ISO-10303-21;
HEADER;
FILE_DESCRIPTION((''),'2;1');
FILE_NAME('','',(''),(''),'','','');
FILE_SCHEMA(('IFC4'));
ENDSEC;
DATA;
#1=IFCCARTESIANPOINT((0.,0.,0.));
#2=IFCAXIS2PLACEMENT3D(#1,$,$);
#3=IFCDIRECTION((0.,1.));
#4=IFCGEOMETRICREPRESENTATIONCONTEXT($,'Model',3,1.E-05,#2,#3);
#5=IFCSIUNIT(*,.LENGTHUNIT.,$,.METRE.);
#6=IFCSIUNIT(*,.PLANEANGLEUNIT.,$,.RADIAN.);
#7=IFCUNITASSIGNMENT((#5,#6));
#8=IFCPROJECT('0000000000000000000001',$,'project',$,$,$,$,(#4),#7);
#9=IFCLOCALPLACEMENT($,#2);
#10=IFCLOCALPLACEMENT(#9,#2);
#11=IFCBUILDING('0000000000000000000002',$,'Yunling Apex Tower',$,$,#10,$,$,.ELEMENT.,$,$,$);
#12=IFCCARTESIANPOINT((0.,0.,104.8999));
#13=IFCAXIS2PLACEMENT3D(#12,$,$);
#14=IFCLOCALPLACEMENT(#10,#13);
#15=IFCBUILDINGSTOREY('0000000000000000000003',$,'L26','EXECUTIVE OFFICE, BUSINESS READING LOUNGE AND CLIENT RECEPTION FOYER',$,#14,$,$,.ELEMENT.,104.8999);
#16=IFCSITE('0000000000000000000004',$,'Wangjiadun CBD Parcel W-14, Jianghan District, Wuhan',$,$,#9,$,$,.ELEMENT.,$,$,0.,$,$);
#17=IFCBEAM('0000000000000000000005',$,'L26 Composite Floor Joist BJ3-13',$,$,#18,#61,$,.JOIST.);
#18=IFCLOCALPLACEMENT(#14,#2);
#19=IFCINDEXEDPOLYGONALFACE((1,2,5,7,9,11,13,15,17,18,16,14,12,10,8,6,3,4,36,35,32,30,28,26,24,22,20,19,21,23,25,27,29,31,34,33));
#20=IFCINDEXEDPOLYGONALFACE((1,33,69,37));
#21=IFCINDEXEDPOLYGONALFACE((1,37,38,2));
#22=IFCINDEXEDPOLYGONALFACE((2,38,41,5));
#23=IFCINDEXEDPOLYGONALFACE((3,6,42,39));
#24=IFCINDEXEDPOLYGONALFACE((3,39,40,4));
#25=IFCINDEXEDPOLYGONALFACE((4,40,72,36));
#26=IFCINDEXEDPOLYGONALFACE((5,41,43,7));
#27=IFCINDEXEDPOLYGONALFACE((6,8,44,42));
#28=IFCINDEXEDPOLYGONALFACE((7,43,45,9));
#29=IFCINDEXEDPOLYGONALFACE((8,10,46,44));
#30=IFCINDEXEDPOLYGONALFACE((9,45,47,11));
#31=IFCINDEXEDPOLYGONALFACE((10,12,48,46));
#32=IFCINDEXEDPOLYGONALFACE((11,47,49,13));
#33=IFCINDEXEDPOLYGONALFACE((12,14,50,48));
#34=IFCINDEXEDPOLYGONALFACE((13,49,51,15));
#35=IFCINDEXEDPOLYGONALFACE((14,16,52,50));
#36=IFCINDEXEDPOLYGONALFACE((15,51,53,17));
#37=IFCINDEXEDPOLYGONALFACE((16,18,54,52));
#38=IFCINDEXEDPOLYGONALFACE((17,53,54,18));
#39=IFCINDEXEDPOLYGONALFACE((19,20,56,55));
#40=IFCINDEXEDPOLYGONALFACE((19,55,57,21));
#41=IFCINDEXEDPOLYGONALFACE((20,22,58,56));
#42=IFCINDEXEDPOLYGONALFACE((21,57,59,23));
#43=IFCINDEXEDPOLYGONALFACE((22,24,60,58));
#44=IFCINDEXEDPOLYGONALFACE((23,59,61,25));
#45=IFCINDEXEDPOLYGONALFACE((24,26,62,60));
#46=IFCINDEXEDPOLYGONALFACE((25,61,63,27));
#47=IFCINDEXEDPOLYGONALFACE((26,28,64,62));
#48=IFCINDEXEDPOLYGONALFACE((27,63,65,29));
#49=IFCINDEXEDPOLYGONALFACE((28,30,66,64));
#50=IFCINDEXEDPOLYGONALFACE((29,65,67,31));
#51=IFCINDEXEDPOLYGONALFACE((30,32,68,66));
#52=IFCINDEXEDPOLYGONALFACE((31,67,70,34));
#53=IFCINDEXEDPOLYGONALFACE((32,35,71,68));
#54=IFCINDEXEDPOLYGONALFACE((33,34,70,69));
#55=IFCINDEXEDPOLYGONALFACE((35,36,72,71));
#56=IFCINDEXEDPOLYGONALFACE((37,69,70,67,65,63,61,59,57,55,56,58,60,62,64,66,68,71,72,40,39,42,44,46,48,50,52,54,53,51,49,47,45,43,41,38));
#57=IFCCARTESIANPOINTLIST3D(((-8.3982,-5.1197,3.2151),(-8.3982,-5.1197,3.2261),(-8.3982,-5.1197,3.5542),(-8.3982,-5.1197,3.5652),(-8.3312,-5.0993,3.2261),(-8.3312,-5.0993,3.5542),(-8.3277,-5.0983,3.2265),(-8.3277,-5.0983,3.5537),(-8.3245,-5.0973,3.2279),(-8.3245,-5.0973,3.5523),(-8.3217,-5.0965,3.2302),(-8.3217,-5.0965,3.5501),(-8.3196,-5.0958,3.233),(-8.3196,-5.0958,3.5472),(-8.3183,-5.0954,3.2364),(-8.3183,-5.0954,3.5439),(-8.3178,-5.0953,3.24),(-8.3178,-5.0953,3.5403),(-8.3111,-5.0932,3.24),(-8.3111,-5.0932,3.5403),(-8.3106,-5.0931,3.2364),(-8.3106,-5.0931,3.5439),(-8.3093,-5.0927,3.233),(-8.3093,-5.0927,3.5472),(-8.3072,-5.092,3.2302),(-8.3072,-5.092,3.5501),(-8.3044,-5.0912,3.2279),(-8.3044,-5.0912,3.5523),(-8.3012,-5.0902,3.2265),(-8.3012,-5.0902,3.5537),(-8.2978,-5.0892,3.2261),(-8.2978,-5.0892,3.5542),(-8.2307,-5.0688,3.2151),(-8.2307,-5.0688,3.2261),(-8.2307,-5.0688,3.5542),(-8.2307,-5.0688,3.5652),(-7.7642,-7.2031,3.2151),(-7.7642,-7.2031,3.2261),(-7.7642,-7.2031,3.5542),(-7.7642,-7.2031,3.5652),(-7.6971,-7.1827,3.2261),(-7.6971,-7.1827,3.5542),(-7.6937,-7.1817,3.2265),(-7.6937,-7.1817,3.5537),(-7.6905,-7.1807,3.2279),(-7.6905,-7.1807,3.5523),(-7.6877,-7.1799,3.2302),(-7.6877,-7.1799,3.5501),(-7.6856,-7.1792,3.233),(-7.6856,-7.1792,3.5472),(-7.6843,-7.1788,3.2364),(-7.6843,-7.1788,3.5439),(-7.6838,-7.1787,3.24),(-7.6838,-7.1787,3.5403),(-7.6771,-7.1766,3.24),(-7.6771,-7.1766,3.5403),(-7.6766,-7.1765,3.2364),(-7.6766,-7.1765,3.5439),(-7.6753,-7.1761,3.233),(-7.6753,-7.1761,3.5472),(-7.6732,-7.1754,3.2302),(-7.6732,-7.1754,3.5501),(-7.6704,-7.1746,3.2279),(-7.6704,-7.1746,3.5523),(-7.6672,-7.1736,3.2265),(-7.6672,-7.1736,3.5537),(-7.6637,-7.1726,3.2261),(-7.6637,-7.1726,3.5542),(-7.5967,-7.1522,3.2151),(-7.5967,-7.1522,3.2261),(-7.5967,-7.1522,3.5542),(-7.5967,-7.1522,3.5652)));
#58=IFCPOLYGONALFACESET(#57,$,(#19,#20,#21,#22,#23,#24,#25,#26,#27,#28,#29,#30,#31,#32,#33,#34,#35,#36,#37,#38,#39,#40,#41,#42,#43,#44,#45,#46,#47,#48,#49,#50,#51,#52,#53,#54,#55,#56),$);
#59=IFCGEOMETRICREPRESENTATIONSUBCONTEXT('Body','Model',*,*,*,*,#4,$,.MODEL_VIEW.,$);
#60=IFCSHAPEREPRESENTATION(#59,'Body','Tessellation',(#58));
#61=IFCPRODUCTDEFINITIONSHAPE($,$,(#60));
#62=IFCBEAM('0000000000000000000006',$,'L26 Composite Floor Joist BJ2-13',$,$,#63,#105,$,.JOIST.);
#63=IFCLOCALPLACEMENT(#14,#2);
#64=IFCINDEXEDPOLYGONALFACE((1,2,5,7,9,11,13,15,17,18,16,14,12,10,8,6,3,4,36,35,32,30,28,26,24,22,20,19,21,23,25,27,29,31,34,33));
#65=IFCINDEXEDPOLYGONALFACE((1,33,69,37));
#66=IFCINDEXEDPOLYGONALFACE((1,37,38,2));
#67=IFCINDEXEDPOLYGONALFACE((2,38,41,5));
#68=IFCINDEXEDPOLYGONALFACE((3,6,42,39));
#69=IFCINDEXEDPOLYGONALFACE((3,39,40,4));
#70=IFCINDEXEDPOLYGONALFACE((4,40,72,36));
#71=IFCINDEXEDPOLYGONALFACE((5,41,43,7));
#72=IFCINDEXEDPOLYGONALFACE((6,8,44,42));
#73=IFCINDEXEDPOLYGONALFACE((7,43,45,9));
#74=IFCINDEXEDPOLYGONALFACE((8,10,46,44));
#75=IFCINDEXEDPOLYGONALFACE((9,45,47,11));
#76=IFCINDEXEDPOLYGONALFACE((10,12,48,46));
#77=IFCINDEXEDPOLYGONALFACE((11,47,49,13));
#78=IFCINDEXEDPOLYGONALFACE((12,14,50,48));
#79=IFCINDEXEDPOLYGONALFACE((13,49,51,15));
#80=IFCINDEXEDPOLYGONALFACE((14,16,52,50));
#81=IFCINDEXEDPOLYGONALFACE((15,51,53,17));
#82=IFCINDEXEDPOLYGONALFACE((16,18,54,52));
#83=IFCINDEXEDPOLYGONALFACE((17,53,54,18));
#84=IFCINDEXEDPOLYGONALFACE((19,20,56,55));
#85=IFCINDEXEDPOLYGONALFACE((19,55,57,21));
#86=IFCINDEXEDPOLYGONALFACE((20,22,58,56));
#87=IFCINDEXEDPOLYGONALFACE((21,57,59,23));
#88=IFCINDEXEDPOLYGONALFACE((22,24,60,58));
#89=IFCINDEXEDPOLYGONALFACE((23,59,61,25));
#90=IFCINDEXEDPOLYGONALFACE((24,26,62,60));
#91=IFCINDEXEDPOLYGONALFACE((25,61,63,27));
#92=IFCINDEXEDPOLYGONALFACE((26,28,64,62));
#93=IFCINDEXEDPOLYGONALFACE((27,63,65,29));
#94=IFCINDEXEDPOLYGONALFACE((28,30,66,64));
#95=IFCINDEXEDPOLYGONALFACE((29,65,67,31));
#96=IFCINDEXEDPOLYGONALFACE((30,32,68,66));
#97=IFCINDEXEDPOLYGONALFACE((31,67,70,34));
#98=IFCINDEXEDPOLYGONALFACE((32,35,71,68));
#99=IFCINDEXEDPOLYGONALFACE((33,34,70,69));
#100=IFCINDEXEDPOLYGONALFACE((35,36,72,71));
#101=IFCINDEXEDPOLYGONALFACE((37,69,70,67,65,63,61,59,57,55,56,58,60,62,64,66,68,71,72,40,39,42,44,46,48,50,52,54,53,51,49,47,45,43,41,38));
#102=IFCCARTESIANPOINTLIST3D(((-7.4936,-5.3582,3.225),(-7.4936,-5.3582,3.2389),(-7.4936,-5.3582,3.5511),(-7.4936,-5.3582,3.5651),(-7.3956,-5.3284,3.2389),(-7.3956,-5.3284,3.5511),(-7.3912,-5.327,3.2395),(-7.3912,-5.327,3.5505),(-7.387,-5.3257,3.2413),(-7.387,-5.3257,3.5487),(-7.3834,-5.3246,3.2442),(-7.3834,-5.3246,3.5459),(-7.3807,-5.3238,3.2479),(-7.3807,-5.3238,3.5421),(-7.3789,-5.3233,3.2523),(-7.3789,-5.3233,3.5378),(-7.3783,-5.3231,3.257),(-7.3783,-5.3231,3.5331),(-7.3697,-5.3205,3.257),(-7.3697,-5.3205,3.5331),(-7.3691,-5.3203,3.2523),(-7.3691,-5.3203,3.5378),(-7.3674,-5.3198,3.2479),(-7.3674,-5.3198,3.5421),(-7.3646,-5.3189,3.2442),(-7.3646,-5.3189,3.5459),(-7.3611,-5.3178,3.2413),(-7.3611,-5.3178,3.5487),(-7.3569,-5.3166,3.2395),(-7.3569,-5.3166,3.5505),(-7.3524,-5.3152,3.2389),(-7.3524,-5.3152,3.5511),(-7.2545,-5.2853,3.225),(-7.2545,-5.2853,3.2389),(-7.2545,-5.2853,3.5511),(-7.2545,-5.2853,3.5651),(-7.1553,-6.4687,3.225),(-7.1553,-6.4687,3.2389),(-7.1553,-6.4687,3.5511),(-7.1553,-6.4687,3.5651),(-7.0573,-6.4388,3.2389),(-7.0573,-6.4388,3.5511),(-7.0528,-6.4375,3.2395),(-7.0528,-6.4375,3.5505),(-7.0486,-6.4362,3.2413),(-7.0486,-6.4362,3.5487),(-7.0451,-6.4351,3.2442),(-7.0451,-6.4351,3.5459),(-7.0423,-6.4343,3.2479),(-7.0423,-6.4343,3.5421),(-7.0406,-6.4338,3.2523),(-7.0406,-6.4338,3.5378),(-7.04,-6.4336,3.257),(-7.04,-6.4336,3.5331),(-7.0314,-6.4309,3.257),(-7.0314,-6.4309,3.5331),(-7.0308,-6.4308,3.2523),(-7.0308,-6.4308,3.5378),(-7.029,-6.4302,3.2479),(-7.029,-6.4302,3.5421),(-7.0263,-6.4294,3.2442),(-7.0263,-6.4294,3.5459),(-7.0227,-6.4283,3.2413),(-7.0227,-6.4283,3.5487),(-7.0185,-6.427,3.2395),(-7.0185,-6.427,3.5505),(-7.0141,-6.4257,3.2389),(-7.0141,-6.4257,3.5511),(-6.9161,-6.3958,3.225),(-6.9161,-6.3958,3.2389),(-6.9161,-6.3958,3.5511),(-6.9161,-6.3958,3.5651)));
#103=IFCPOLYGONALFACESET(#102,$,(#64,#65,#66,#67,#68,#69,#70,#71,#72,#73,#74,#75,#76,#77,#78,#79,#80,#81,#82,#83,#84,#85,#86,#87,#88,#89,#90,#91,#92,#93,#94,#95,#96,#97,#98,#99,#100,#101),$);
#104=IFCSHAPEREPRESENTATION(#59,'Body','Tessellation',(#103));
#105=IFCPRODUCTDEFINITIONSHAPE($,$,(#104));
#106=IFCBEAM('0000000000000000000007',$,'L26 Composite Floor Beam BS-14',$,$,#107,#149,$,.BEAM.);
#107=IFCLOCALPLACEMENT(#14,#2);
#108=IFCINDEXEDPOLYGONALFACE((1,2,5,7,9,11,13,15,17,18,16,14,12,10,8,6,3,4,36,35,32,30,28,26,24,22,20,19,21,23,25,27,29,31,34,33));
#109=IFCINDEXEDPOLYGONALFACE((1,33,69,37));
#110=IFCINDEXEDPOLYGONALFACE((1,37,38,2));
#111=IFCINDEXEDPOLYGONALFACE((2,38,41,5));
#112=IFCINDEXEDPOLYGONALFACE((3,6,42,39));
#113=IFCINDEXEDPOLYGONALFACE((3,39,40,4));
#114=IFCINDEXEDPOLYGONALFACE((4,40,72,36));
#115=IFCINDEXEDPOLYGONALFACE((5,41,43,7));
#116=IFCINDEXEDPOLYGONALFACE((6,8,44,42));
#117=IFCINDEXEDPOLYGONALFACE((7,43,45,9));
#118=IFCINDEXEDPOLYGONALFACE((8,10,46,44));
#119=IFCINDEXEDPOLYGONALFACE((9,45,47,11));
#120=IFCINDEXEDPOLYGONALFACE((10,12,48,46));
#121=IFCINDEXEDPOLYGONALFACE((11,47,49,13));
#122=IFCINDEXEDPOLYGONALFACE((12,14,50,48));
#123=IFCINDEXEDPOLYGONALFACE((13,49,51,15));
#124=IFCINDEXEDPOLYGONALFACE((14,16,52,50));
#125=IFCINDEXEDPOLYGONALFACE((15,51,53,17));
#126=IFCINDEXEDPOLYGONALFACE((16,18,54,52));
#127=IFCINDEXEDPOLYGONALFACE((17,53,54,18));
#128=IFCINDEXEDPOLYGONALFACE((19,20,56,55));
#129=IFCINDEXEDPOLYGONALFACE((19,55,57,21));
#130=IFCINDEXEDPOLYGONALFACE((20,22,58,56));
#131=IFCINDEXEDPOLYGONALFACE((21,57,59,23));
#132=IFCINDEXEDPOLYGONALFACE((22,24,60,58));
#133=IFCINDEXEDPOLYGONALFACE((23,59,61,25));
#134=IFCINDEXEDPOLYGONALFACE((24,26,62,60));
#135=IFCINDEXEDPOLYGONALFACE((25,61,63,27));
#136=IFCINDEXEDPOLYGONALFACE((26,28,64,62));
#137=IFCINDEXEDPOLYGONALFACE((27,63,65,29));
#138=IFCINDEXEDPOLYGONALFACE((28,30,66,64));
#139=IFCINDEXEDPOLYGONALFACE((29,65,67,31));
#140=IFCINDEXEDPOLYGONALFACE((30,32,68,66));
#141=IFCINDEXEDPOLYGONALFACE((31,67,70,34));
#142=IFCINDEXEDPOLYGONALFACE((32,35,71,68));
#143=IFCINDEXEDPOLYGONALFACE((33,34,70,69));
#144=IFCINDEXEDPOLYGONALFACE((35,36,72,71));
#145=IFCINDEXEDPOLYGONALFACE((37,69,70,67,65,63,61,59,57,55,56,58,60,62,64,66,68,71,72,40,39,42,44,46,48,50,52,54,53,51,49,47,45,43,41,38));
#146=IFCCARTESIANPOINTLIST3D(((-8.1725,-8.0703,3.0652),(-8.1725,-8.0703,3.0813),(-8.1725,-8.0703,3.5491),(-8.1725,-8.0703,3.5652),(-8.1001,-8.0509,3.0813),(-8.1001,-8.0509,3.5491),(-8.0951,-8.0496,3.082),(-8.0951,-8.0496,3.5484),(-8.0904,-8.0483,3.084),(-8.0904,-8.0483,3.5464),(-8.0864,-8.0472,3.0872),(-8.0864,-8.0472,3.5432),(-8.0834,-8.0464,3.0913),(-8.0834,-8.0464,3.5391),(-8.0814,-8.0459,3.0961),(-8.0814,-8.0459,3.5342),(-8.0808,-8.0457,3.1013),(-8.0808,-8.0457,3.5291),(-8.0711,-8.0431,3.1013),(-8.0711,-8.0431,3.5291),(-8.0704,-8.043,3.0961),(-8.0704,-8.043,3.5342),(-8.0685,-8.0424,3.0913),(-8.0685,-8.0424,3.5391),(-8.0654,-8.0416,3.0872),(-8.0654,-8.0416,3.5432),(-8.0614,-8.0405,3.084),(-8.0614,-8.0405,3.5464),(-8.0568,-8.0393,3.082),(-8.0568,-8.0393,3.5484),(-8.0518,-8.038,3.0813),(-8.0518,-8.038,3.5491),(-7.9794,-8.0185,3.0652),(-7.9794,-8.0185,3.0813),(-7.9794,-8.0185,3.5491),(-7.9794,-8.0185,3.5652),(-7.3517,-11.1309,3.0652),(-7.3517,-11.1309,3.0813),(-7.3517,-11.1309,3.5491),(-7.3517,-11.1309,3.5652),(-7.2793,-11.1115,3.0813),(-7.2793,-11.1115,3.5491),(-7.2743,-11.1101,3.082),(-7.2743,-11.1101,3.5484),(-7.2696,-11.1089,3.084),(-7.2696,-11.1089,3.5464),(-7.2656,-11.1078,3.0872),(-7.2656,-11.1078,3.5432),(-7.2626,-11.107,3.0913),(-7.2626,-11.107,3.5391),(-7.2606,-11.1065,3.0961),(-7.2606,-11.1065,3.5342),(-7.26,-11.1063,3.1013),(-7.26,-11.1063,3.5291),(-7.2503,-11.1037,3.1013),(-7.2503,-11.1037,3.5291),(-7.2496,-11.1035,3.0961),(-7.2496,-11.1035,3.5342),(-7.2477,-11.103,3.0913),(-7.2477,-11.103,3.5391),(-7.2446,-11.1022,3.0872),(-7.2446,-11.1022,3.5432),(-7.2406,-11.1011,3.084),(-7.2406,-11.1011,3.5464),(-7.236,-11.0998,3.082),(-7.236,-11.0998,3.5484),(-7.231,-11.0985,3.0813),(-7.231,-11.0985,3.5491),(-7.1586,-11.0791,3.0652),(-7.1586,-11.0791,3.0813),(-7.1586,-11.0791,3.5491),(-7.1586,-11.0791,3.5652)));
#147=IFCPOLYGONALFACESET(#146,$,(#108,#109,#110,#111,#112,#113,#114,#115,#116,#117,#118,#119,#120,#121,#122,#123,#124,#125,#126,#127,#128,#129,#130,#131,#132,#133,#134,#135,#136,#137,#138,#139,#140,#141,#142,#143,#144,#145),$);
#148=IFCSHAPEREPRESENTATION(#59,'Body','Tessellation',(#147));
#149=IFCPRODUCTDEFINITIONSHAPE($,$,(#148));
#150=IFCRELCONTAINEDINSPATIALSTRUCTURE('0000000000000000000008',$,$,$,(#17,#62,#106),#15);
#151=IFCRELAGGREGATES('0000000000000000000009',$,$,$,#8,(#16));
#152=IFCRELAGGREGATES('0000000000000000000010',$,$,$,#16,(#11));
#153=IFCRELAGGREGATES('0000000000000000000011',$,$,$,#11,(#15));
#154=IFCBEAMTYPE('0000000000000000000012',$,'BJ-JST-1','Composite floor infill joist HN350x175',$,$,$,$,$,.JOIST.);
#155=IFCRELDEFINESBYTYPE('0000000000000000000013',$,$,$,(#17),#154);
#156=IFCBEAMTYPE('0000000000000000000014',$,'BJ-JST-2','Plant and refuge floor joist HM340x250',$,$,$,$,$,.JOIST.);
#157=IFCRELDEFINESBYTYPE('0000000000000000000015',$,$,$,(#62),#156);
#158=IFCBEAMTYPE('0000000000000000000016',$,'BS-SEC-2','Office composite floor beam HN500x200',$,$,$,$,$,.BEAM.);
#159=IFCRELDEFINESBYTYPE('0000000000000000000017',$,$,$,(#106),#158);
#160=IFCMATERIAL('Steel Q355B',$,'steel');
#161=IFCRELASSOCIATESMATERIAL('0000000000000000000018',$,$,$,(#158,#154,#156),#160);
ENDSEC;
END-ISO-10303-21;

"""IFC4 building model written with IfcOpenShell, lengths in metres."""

from ifc_helpers import new_model, si_unit, direction, frame, origin, origin_2d, place, context, subcontext, project, spatial, i_section, extrude, source, transform, mapped, material, material_profile, profile_set, type_object, element, save


model = new_model("IFC4")

# Units and contexts
model_context = context("Model", 3, precision=1e-05, world=origin(), true_north=direction((0.0, 1.0)))
body_context = subcontext(model_context, "Body", "Model", "MODEL_VIEW")
ifc_project = project(units=[si_unit("LENGTHUNIT", "METRE"), si_unit("PLANEANGLEUNIT", "RADIAN")], contexts=[model_context])

# Site, building, storey
site_placement = place(None, origin())
site = spatial("IfcSite", under=ifc_project, at=site_placement, Name="Wangjiadun CBD Parcel W-14, Jianghan District, Wuhan", CompositionType="ELEMENT", RefElevation=0.0)
building_placement = place(site_placement, origin())
building = spatial("IfcBuilding", under=site, at=building_placement, Name="Yunling Apex Tower", CompositionType="ELEMENT")
storey_placement = place(building_placement, frame((0.0, 0.0, 104.8999)))
storey = spatial("IfcBuildingStorey", under=building, at=storey_placement, Name="L26", Description="EXECUTIVE OFFICE, BUSINESS READING LOUNGE AND CLIENT RECEPTION FOYER", CompositionType="ELEMENT", Elevation=104.8999)

# Beams
ifc_material_1 = material(Name="Steel Q355B", Category="steel")
ifc_material_profile_1 = material_profile(ifc_material_1, i_section(OverallWidth=0.2, OverallDepth=0.5, WebThickness=0.01, FlangeThickness=0.0161, FilletRadius=0.02, at=origin_2d()))
ifc_profile_set_1 = profile_set([ifc_material_profile_1], Name="Steel Q355B")
beam_type_1 = type_object("IfcBeamType", Name="BS-SEC-2", Description="Office composite floor beam HN500x200", PredefinedType="BEAM", material=ifc_profile_set_1)
ifc_material_profile_2 = material_profile(ifc_material_1, i_section(OverallWidth=0.175, OverallDepth=0.3501, WebThickness=0.0071, FlangeThickness=0.011, FilletRadius=0.0139, at=origin_2d()))
ifc_profile_set_2 = profile_set([ifc_material_profile_2], Name="Steel Q355B")
beam_type_2 = type_object("IfcBeamType", Name="BJ-JST-1", Description="Composite floor infill joist HN350x175", PredefinedType="JOIST", material=ifc_profile_set_2)
shared_shape_1 = source(origin(), body_context, "Body", "SweptSolid", [
    extrude(i_section(OverallWidth=0.175, OverallDepth=0.3501, WebThickness=0.0071, FlangeThickness=0.011, FilletRadius=0.0139, at=origin_2d()), origin(), (0.0, 0.0, 1.0), 2.1777),
])
beam_1_placement = place(storey_placement, frame((-8.3145, -5.0942, 3.3901), z_axis=(0.29113, -0.956683, 0.0), x_axis=(0.956683, 0.29113, 0.0)))
element("IfcBeam", 1, at=beam_1_placement, inside=storey, type_object=beam_type_2, Name="L26 Composite Floor Joist BJ3-13", PredefinedType="JOIST", context=body_context, shape_type="MappedRepresentation", body=[
    mapped(shared_shape_1, transform((0.0, 0.0, 0.0), scale=1.0)),
])
ifc_material_profile_3 = material_profile(ifc_material_1, i_section(OverallWidth=0.25, OverallDepth=0.3401, WebThickness=0.009, FlangeThickness=0.0139, FilletRadius=0.0181, at=origin_2d()))
ifc_profile_set_3 = profile_set([ifc_material_profile_3], Name="Steel Q355B")
beam_type_3 = type_object("IfcBeamType", Name="BJ-JST-2", Description="Plant and refuge floor joist HM340x250", PredefinedType="JOIST", material=ifc_profile_set_3)
shared_shape_2 = source(origin(), body_context, "Body", "SweptSolid", [
    extrude(i_section(OverallWidth=0.25, OverallDepth=0.3401, WebThickness=0.009, FlangeThickness=0.0139, FilletRadius=0.0181, at=origin_2d()), origin(), (0.0, 0.0, 1.0), 1.1609),
])
beam_2_placement = place(storey_placement, frame((-7.374, -5.3218, 3.395), z_axis=(0.291454, -0.956585, 0.0), x_axis=(0.956585, 0.291454, 0.0)))
element("IfcBeam", 2, at=beam_2_placement, inside=storey, type_object=beam_type_3, Name="L26 Composite Floor Joist BJ2-13", PredefinedType="JOIST", context=body_context, shape_type="MappedRepresentation", body=[
    mapped(shared_shape_2, transform((0.0, 0.0, 0.0), scale=1.0)),
])
shared_shape_3 = source(origin(), body_context, "Body", "SweptSolid", [
    extrude(i_section(OverallWidth=0.2, OverallDepth=0.5, WebThickness=0.01, FlangeThickness=0.0161, FilletRadius=0.02, at=origin_2d()), origin(), (0.0, 0.0, 1.0), 3.1687),
])
beam_3_placement = place(storey_placement, frame((-8.0759, -8.0444, 3.3152), z_axis=(0.259034, -0.965868, 0.0), x_axis=(0.965868, 0.259034, 0.0)))
element("IfcBeam", 3, at=beam_3_placement, inside=storey, type_object=beam_type_1, Name="L26 Composite Floor Beam BS-14", PredefinedType="BEAM", context=body_context, shape_type="MappedRepresentation", body=[
    mapped(shared_shape_3, transform((0.0, 0.0, 0.0), scale=1.0)),
])

save(model, "model.ifc")
